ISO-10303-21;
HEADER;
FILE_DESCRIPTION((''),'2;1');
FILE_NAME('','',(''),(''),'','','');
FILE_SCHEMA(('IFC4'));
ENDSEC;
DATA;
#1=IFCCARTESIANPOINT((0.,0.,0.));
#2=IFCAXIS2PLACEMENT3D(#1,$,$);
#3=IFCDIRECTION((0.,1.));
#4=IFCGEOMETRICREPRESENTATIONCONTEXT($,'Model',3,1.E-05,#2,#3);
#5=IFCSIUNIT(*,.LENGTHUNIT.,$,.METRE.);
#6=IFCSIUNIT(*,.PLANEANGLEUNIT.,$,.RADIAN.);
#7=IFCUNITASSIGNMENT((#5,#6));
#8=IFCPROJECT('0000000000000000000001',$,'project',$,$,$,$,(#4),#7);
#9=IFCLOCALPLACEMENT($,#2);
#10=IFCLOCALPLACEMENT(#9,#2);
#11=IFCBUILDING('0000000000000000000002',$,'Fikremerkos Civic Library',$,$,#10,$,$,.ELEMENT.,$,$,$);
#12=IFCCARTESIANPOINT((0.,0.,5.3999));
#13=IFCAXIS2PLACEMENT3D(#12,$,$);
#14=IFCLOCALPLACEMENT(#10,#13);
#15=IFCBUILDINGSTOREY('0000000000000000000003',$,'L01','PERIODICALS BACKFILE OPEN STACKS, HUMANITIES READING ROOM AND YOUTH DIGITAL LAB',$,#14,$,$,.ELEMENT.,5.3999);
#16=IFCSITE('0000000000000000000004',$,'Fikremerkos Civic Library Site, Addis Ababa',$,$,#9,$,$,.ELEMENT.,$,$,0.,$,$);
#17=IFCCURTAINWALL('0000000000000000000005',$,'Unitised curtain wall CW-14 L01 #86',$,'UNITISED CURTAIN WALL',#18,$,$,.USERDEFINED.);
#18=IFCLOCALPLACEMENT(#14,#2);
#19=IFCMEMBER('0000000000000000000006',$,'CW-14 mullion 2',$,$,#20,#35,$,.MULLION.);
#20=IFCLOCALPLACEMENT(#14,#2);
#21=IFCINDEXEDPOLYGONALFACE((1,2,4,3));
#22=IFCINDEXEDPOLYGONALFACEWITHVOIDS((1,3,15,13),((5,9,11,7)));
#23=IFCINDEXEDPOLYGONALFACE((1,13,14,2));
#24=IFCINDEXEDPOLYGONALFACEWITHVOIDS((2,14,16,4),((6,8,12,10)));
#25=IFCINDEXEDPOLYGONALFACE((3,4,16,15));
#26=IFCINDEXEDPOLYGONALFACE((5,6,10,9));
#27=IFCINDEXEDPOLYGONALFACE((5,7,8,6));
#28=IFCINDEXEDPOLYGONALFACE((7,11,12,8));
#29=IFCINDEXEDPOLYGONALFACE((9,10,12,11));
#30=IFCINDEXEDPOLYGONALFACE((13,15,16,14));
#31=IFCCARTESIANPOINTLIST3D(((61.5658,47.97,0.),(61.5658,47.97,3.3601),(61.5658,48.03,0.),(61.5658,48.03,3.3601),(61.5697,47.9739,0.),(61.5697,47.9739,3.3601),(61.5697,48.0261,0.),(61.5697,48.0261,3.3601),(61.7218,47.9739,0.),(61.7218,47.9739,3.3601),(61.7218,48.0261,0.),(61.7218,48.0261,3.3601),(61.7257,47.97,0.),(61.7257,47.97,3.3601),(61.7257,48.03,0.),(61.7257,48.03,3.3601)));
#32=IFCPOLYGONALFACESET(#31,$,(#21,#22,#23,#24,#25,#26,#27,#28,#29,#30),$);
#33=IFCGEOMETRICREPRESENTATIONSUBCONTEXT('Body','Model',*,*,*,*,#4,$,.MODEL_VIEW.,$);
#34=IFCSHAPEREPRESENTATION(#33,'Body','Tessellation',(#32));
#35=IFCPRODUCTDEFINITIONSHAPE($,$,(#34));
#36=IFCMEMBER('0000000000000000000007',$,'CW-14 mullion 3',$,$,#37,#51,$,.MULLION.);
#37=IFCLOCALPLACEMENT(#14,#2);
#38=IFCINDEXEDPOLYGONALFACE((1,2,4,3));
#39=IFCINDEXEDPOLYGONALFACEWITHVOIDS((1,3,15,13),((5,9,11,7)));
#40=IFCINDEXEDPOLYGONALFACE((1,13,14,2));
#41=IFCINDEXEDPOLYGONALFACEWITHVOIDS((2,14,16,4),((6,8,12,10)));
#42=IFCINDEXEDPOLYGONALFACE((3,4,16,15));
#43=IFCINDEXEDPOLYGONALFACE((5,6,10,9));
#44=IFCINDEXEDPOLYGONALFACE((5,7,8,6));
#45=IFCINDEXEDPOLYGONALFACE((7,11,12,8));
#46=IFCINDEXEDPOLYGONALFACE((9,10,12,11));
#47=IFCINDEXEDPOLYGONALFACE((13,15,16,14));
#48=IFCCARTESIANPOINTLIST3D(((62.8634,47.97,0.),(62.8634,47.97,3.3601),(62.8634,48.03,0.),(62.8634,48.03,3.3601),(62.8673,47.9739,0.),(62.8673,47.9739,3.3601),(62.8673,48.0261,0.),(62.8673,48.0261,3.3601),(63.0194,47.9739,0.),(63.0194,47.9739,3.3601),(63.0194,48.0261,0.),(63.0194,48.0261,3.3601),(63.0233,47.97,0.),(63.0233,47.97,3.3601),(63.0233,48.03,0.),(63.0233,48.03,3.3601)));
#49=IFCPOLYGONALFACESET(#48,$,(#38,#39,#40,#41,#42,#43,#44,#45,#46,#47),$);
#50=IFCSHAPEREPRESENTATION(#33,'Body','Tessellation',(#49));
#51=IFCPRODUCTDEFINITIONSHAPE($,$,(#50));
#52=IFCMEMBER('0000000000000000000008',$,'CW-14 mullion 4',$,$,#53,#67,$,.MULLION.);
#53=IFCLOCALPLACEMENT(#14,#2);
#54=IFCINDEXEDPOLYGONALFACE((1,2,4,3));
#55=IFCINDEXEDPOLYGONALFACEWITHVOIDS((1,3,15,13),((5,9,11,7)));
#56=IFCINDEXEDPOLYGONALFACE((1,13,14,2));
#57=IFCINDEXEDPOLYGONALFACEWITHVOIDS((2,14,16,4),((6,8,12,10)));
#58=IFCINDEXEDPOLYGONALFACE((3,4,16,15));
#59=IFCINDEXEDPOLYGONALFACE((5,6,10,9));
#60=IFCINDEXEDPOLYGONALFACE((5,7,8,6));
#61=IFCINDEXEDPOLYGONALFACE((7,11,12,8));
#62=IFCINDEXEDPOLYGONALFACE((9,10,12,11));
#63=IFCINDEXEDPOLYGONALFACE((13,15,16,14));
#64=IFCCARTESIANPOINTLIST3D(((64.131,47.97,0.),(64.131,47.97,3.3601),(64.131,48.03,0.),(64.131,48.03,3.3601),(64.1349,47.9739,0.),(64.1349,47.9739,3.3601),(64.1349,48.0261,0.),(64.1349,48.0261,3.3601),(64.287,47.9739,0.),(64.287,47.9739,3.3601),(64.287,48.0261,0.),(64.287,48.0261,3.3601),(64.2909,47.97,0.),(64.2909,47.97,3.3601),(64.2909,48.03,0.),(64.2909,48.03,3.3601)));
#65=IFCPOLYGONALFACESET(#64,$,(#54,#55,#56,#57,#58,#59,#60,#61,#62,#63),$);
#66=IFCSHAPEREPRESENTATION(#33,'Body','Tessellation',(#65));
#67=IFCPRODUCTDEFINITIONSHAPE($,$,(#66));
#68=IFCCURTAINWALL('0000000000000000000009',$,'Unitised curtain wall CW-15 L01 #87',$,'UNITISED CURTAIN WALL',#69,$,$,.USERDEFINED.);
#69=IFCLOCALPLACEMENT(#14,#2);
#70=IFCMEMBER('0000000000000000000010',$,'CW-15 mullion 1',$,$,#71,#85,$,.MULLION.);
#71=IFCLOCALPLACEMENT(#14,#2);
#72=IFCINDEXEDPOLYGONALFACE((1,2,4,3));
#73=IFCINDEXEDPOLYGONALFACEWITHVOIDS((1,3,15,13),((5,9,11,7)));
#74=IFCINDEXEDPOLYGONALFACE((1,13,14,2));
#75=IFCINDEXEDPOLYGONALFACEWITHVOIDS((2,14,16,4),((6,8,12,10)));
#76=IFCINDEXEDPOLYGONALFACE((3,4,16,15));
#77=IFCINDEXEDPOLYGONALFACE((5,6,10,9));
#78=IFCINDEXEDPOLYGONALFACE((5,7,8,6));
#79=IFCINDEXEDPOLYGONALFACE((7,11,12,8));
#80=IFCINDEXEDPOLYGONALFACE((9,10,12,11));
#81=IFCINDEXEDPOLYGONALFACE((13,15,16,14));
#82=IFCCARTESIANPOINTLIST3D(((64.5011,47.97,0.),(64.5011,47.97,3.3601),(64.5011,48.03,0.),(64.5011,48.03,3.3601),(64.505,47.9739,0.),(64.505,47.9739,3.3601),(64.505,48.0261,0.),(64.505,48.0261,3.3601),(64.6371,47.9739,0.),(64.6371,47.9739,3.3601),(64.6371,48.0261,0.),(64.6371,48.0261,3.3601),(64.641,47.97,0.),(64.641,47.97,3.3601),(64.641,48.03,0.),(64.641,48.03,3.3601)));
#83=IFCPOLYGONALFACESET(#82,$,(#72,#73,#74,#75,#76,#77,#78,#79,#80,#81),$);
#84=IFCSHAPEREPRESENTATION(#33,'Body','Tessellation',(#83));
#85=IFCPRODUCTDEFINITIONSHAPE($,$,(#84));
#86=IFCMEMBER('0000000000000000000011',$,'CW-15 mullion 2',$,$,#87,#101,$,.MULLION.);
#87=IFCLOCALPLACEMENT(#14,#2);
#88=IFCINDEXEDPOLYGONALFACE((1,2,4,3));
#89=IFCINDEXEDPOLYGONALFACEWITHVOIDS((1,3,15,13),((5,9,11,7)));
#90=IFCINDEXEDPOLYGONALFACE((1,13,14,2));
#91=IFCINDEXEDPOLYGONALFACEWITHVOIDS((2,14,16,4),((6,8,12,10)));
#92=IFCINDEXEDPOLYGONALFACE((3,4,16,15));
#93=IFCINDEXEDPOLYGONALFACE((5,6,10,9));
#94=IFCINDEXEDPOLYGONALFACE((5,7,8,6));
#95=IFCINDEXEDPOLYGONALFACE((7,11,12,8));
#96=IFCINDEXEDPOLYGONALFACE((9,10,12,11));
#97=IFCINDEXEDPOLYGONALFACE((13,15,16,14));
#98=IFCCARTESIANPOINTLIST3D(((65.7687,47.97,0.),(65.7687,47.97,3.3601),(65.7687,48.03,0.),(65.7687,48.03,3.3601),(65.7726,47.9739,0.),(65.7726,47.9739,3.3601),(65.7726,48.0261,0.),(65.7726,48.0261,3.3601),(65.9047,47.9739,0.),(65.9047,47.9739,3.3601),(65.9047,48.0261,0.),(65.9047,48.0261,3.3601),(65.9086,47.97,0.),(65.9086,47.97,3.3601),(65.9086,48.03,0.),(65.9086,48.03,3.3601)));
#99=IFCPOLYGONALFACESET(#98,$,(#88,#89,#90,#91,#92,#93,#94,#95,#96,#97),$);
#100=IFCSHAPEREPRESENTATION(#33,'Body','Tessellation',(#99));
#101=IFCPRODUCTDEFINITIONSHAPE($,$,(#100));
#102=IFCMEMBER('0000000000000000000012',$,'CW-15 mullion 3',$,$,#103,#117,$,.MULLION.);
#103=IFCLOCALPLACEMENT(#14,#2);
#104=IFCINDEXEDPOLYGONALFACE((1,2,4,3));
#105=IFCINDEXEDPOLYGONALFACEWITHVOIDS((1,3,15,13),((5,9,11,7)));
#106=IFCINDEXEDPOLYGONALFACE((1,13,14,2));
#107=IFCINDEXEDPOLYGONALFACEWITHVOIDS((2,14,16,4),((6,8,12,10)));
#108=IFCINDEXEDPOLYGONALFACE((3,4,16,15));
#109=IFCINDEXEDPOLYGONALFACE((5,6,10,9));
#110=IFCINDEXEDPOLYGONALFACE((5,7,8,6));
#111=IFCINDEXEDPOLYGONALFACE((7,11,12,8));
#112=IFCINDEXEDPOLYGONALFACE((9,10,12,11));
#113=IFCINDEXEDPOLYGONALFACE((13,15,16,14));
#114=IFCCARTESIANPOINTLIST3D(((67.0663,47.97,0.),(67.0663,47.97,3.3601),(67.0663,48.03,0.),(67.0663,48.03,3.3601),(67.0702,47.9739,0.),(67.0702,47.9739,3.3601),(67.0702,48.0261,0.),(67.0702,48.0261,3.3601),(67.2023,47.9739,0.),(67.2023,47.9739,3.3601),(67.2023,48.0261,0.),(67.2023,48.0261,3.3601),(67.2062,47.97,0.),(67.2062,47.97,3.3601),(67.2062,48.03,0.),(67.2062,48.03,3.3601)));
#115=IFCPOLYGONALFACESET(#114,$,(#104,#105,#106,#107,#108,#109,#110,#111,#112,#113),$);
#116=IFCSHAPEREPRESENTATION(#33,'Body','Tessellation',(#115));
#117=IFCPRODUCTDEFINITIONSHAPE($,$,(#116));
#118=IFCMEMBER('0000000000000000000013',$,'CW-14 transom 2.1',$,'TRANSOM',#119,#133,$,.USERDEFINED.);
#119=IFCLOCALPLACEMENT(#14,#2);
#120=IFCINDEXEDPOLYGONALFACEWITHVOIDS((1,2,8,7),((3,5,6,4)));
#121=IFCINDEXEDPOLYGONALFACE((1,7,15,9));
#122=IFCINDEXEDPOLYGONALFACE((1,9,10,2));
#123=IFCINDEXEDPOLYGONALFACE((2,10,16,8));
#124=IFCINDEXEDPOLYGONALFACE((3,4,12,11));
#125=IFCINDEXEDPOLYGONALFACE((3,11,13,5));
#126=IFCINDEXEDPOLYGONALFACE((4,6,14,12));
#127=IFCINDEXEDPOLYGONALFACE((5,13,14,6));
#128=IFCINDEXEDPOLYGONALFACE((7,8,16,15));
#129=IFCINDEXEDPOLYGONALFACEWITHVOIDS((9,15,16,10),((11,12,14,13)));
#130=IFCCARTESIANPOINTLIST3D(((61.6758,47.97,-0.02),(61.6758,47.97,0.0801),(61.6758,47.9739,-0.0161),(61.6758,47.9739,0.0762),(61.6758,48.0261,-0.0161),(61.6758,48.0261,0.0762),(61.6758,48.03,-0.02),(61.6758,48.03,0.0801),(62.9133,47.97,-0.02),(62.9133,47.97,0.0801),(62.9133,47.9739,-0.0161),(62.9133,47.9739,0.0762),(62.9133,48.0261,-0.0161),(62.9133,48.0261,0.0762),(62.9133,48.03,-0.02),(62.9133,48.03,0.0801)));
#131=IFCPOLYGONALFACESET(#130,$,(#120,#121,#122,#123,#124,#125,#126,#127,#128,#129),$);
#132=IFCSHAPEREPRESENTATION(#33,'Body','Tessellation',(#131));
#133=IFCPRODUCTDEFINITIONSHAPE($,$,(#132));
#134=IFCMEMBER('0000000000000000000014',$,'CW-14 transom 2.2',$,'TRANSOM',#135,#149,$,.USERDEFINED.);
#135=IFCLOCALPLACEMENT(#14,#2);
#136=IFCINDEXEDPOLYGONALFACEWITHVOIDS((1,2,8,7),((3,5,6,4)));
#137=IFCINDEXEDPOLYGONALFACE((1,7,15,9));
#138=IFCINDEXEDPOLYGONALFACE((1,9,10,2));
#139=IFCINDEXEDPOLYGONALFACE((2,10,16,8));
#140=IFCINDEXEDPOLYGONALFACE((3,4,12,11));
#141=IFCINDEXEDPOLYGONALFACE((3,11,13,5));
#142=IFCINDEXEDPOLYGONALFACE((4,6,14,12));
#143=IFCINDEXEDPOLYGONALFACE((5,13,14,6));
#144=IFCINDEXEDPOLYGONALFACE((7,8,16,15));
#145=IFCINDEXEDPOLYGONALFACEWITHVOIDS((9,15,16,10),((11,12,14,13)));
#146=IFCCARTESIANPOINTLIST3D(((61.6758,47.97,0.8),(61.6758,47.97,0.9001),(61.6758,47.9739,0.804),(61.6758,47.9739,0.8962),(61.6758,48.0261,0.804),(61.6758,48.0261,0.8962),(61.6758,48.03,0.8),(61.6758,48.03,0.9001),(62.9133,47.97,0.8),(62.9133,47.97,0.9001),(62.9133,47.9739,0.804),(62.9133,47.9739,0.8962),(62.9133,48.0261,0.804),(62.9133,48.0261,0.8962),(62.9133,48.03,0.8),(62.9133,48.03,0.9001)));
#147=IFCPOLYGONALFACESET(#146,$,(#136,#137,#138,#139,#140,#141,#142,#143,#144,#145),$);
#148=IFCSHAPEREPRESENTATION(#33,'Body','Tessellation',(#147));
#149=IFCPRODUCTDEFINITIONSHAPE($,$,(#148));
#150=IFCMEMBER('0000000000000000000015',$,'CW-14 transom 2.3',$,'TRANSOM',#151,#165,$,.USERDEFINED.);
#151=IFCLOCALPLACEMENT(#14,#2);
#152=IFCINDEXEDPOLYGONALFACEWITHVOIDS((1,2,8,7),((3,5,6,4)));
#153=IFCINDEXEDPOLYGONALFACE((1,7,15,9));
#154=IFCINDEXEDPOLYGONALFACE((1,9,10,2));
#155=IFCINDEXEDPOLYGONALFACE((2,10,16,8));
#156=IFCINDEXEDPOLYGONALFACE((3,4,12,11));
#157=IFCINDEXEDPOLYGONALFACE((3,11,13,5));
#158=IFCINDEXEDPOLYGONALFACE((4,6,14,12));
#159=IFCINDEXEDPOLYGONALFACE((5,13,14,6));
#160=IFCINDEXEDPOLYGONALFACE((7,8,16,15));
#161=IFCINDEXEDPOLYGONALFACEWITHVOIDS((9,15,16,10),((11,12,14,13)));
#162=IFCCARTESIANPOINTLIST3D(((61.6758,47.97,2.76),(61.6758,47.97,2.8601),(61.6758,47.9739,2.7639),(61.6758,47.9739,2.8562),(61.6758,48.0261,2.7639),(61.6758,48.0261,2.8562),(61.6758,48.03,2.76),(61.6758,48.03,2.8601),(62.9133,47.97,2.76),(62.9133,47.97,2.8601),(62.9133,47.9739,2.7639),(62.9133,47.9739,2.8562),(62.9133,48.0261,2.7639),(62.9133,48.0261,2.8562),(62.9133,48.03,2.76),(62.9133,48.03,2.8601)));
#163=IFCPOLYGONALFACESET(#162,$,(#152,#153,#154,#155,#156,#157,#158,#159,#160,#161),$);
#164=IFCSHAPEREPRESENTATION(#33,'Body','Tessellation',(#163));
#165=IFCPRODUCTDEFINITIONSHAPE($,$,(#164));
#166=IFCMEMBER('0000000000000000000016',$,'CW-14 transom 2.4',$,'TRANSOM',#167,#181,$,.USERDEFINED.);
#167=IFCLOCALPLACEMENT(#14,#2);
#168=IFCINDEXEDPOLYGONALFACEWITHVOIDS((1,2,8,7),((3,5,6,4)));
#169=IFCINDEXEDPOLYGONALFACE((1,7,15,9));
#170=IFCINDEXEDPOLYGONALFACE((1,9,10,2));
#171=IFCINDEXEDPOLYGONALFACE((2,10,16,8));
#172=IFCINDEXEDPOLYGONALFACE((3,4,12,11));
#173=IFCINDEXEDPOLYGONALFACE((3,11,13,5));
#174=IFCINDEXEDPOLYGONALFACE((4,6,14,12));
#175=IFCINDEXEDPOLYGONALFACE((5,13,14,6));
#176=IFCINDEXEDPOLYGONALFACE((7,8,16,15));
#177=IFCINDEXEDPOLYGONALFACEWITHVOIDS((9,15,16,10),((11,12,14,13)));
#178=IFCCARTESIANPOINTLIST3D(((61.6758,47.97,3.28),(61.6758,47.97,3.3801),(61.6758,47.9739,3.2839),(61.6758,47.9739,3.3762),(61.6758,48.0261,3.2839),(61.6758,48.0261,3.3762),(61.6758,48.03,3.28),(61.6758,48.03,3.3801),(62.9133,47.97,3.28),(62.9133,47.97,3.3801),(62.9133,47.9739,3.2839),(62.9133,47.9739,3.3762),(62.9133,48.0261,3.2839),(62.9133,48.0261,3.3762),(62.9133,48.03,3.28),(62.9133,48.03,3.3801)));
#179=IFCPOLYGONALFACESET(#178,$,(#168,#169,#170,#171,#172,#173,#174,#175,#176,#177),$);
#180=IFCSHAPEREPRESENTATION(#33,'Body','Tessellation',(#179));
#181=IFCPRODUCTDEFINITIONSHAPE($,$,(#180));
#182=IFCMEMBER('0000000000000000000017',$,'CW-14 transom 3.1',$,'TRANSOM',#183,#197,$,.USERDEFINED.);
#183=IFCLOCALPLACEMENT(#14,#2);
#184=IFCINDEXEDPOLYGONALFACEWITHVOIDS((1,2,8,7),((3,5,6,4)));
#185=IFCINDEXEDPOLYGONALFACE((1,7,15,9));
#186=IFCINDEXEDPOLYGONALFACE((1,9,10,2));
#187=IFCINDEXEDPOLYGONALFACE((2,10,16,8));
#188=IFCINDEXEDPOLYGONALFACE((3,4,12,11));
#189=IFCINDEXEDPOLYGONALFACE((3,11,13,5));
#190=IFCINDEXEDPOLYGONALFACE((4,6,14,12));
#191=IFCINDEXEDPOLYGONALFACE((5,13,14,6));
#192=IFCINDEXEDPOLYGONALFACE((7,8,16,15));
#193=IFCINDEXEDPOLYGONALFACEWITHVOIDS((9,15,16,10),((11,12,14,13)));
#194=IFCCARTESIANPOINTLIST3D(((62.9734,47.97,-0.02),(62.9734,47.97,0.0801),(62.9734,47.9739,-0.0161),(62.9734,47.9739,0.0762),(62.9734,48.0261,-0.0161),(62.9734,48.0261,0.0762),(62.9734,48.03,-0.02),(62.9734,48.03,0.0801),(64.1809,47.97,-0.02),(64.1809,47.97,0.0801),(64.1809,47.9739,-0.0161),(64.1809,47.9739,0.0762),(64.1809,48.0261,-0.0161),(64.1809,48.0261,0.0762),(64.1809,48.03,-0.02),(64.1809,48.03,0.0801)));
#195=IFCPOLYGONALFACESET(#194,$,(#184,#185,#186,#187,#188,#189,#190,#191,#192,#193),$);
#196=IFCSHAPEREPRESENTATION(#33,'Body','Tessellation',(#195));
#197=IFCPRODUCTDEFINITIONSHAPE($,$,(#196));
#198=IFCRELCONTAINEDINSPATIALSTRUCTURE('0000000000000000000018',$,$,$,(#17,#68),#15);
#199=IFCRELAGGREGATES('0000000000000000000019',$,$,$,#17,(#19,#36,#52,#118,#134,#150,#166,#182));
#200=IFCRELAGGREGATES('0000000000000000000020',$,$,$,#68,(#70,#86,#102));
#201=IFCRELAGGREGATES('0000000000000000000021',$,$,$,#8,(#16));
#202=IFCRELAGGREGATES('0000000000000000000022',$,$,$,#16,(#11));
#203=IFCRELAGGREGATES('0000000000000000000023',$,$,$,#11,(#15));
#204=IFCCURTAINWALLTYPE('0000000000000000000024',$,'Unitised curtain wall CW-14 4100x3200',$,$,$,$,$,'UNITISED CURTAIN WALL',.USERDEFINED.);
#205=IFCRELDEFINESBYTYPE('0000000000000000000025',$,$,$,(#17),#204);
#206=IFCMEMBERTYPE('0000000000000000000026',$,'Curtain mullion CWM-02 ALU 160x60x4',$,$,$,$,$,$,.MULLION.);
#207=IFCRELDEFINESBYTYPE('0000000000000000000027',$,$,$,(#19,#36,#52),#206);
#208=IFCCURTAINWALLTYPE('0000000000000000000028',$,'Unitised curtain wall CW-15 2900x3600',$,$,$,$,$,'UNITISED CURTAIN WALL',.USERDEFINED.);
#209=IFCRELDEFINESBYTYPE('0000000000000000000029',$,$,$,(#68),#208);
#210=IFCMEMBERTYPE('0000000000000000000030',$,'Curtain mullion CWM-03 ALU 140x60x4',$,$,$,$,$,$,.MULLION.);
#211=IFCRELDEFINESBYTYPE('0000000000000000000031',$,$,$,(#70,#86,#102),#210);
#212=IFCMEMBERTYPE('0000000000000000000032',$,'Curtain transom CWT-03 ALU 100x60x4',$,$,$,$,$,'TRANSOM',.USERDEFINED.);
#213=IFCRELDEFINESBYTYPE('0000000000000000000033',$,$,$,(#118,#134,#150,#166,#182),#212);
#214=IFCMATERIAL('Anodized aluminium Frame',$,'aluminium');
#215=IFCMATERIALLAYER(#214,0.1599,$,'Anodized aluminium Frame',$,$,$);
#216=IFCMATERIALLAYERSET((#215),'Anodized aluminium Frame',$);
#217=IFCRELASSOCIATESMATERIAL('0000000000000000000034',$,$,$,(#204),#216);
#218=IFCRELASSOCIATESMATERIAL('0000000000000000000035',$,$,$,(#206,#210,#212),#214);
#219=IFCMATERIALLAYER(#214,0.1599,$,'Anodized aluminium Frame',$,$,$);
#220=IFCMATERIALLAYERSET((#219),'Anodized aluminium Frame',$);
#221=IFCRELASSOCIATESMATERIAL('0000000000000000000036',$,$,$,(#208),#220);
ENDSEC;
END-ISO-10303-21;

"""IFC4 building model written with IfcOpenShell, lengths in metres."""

from ifc_helpers import new_model, si_unit, direction, frame, origin, origin_2d, place, context, subcontext, project, spatial, hollow_rectangle, extrude, material, layer, layer_set, material_profile, profile_set, type_object, element, aggregate, save


model = new_model("IFC4")

# Units and contexts
model_context = context("Model", 3, precision=1e-05, world=origin(), true_north=direction((0.0, 1.0)))
body_context = subcontext(model_context, "Body", "Model", "MODEL_VIEW")
ifc_project = project(units=[si_unit("LENGTHUNIT", "METRE"), si_unit("PLANEANGLEUNIT", "RADIAN")], contexts=[model_context])

# Site, building, storey
site_placement = place(None, origin())
site = spatial("IfcSite", under=ifc_project, at=site_placement, Name="Fikremerkos Civic Library Site, Addis Ababa", CompositionType="ELEMENT", RefElevation=0.0)
building_placement = place(site_placement, origin())
building = spatial("IfcBuilding", under=site, at=building_placement, Name="Fikremerkos Civic Library", CompositionType="ELEMENT")
storey_placement = place(building_placement, frame((0.0, 0.0, 5.3999)))
storey = spatial("IfcBuildingStorey", under=building, at=storey_placement, Name="L01", Description="PERIODICALS BACKFILE OPEN STACKS, HUMANITIES READING ROOM AND YOUTH DIGITAL LAB", CompositionType="ELEMENT", Elevation=5.3999)

# Curtain walls, members
ifc_material_1 = material(Name="Anodized aluminium Frame", Category="aluminium")
ifc_layer_1 = layer(ifc_material_1, 0.1599, Name="Anodized aluminium Frame")
ifc_layer_set_1 = layer_set([ifc_layer_1], Name="Anodized aluminium Frame")
curtain_wall_type_1 = type_object("IfcCurtainWallType", Name="Unitised curtain wall CW-14 4100x3200", ElementType="UNITISED CURTAIN WALL", PredefinedType="USERDEFINED", material=ifc_layer_set_1)
curtain_wall_1_placement = place(storey_placement, origin())
curtain_wall_1 = element("IfcCurtainWall", 1, at=curtain_wall_1_placement, inside=storey, type_object=curtain_wall_type_1, Name="Unitised curtain wall CW-14 L01 #86", ObjectType="UNITISED CURTAIN WALL", PredefinedType="USERDEFINED")
ifc_material_profile_1 = material_profile(ifc_material_1, hollow_rectangle(XDim=0.0601, YDim=0.1599, WallThickness=0.0039, at=origin_2d()), Name="ALU 160x60x4")
ifc_profile_set_1 = profile_set([ifc_material_profile_1], Name="Anodized aluminium Frame")
member_type_1 = type_object("IfcMemberType", Name="Curtain mullion CWM-02 ALU 160x60x4", PredefinedType="MULLION", material=ifc_profile_set_1)
member_1_placement = place(storey_placement, frame((61.6458, 48.0, 0.0), z_axis=(0.0, 0.0, 1.0), x_axis=(0.0, 1.0, 0.0)))
member_1 = element("IfcMember", 2, at=member_1_placement, type_object=member_type_1, Name="CW-14 mullion 2", PredefinedType="MULLION", context=body_context, shape_type="SweptSolid", body=[
    extrude(hollow_rectangle(XDim=0.0601, YDim=0.1599, WallThickness=0.0039, at=origin_2d()), origin(), (0.0, 0.0, 1.0), 3.3601),
])
member_2_placement = place(storey_placement, frame((62.9434, 48.0, 0.0), z_axis=(0.0, 0.0, 1.0), x_axis=(0.0, 1.0, 0.0)))
member_2 = element("IfcMember", 3, at=member_2_placement, type_object=member_type_1, Name="CW-14 mullion 3", PredefinedType="MULLION", context=body_context, shape_type="SweptSolid", body=[
    extrude(hollow_rectangle(XDim=0.0601, YDim=0.1599, WallThickness=0.0039, at=origin_2d()), origin(), (0.0, 0.0, 1.0), 3.3601),
])
member_3_placement = place(storey_placement, frame((64.2109, 48.0, 0.0), z_axis=(0.0, 0.0, 1.0), x_axis=(0.0, 1.0, 0.0)))
member_3 = element("IfcMember", 4, at=member_3_placement, type_object=member_type_1, Name="CW-14 mullion 4", PredefinedType="MULLION", context=body_context, shape_type="SweptSolid", body=[
    extrude(hollow_rectangle(XDim=0.0601, YDim=0.1599, WallThickness=0.0039, at=origin_2d()), origin(), (0.0, 0.0, 1.0), 3.3601),
])
ifc_layer_2 = layer(ifc_material_1, 0.1599, Name="Anodized aluminium Frame")
ifc_layer_set_2 = layer_set([ifc_layer_2], Name="Anodized aluminium Frame")
curtain_wall_type_2 = type_object("IfcCurtainWallType", Name="Unitised curtain wall CW-15 2900x3600", ElementType="UNITISED CURTAIN WALL", PredefinedType="USERDEFINED", material=ifc_layer_set_2)
curtain_wall_2_placement = place(storey_placement, origin())
curtain_wall_2 = element("IfcCurtainWall", 5, at=curtain_wall_2_placement, inside=storey, type_object=curtain_wall_type_2, Name="Unitised curtain wall CW-15 L01 #87", ObjectType="UNITISED CURTAIN WALL", PredefinedType="USERDEFINED")
ifc_material_profile_2 = material_profile(ifc_material_1, hollow_rectangle(XDim=0.0601, YDim=0.1399, WallThickness=0.0039, at=origin_2d()), Name="ALU 140x60x4")
ifc_profile_set_2 = profile_set([ifc_material_profile_2], Name="Anodized aluminium Frame")
member_type_2 = type_object("IfcMemberType", Name="Curtain mullion CWM-03 ALU 140x60x4", PredefinedType="MULLION", material=ifc_profile_set_2)
member_4_placement = place(storey_placement, frame((64.571, 48.0, 0.0), z_axis=(0.0, 0.0, 1.0), x_axis=(0.0, 1.0, 0.0)))
member_4 = element("IfcMember", 6, at=member_4_placement, type_object=member_type_2, Name="CW-15 mullion 1", PredefinedType="MULLION", context=body_context, shape_type="SweptSolid", body=[
    extrude(hollow_rectangle(XDim=0.0601, YDim=0.1399, WallThickness=0.0039, at=origin_2d()), origin(), (0.0, 0.0, 1.0), 3.3601),
])
member_5_placement = place(storey_placement, frame((65.8386, 48.0, 0.0), z_axis=(0.0, 0.0, 1.0), x_axis=(0.0, 1.0, 0.0)))
member_5 = element("IfcMember", 7, at=member_5_placement, type_object=member_type_2, Name="CW-15 mullion 2", PredefinedType="MULLION", context=body_context, shape_type="SweptSolid", body=[
    extrude(hollow_rectangle(XDim=0.0601, YDim=0.1399, WallThickness=0.0039, at=origin_2d()), origin(), (0.0, 0.0, 1.0), 3.3601),
])
member_6_placement = place(storey_placement, frame((67.1362, 48.0, 0.0), z_axis=(0.0, 0.0, 1.0), x_axis=(0.0, 1.0, 0.0)))
member_6 = element("IfcMember", 8, at=member_6_placement, type_object=member_type_2, Name="CW-15 mullion 3", PredefinedType="MULLION", context=body_context, shape_type="SweptSolid", body=[
    extrude(hollow_rectangle(XDim=0.0601, YDim=0.1399, WallThickness=0.0039, at=origin_2d()), origin(), (0.0, 0.0, 1.0), 3.3601),
])

# Members
ifc_material_profile_3 = material_profile(ifc_material_1, hollow_rectangle(XDim=0.0601, YDim=0.1001, WallThickness=0.0039, at=origin_2d()), Name="ALU 100x60x4")
ifc_profile_set_3 = profile_set([ifc_material_profile_3], Name="Anodized aluminium Frame")
member_type_3 = type_object("IfcMemberType", Name="Curtain transom CWT-03 ALU 100x60x4", ElementType="TRANSOM", PredefinedType="USERDEFINED", material=ifc_profile_set_3)
member_7_placement = place(storey_placement, frame((61.6758, 48.0, 0.03), z_axis=(1.0, 0.0, 0.0), x_axis=(0.0, 1.0, 0.0)))
member_7 = element("IfcMember", 9, at=member_7_placement, type_object=member_type_3, Name="CW-14 transom 2.1", ObjectType="TRANSOM", PredefinedType="USERDEFINED", context=body_context, shape_type="SweptSolid", body=[
    extrude(hollow_rectangle(XDim=0.0601, YDim=0.1001, WallThickness=0.0039, at=origin_2d()), origin(), (0.0, 0.0, 1.0), 1.2375),
])
member_8_placement = place(storey_placement, frame((61.6758, 48.0, 0.8501), z_axis=(1.0, 0.0, 0.0), x_axis=(0.0, 1.0, 0.0)))
member_8 = element("IfcMember", 10, at=member_8_placement, type_object=member_type_3, Name="CW-14 transom 2.2", ObjectType="TRANSOM", PredefinedType="USERDEFINED", context=body_context, shape_type="SweptSolid", body=[
    extrude(hollow_rectangle(XDim=0.0601, YDim=0.1001, WallThickness=0.0039, at=origin_2d()), origin(), (0.0, 0.0, 1.0), 1.2375),
])
member_9_placement = place(storey_placement, frame((61.6758, 48.0, 2.8101), z_axis=(1.0, 0.0, 0.0), x_axis=(0.0, 1.0, 0.0)))
member_9 = element("IfcMember", 11, at=member_9_placement, type_object=member_type_3, Name="CW-14 transom 2.3", ObjectType="TRANSOM", PredefinedType="USERDEFINED", context=body_context, shape_type="SweptSolid", body=[
    extrude(hollow_rectangle(XDim=0.0601, YDim=0.1001, WallThickness=0.0039, at=origin_2d()), origin(), (0.0, 0.0, 1.0), 1.2375),
])
member_10_placement = place(storey_placement, frame((61.6758, 48.0, 3.3301), z_axis=(1.0, 0.0, 0.0), x_axis=(0.0, 1.0, 0.0)))
member_10 = element("IfcMember", 12, at=member_10_placement, type_object=member_type_3, Name="CW-14 transom 2.4", ObjectType="TRANSOM", PredefinedType="USERDEFINED", context=body_context, shape_type="SweptSolid", body=[
    extrude(hollow_rectangle(XDim=0.0601, YDim=0.1001, WallThickness=0.0039, at=origin_2d()), origin(), (0.0, 0.0, 1.0), 1.2375),
])
member_11_placement = place(storey_placement, frame((62.9734, 48.0, 0.03), z_axis=(1.0, 0.0, 0.0), x_axis=(0.0, 1.0, 0.0)))
member_11 = element("IfcMember", 13, at=member_11_placement, type_object=member_type_3, Name="CW-14 transom 3.1", ObjectType="TRANSOM", PredefinedType="USERDEFINED", context=body_context, shape_type="SweptSolid", body=[
    extrude(hollow_rectangle(XDim=0.0601, YDim=0.1001, WallThickness=0.0039, at=origin_2d()), origin(), (0.0, 0.0, 1.0), 1.2075),
])

aggregate(curtain_wall_1, [member_1, member_2, member_3, member_7, member_8, member_9, member_10, member_11])
aggregate(curtain_wall_2, [member_4, member_5, member_6])

save(model, "model.ifc")
